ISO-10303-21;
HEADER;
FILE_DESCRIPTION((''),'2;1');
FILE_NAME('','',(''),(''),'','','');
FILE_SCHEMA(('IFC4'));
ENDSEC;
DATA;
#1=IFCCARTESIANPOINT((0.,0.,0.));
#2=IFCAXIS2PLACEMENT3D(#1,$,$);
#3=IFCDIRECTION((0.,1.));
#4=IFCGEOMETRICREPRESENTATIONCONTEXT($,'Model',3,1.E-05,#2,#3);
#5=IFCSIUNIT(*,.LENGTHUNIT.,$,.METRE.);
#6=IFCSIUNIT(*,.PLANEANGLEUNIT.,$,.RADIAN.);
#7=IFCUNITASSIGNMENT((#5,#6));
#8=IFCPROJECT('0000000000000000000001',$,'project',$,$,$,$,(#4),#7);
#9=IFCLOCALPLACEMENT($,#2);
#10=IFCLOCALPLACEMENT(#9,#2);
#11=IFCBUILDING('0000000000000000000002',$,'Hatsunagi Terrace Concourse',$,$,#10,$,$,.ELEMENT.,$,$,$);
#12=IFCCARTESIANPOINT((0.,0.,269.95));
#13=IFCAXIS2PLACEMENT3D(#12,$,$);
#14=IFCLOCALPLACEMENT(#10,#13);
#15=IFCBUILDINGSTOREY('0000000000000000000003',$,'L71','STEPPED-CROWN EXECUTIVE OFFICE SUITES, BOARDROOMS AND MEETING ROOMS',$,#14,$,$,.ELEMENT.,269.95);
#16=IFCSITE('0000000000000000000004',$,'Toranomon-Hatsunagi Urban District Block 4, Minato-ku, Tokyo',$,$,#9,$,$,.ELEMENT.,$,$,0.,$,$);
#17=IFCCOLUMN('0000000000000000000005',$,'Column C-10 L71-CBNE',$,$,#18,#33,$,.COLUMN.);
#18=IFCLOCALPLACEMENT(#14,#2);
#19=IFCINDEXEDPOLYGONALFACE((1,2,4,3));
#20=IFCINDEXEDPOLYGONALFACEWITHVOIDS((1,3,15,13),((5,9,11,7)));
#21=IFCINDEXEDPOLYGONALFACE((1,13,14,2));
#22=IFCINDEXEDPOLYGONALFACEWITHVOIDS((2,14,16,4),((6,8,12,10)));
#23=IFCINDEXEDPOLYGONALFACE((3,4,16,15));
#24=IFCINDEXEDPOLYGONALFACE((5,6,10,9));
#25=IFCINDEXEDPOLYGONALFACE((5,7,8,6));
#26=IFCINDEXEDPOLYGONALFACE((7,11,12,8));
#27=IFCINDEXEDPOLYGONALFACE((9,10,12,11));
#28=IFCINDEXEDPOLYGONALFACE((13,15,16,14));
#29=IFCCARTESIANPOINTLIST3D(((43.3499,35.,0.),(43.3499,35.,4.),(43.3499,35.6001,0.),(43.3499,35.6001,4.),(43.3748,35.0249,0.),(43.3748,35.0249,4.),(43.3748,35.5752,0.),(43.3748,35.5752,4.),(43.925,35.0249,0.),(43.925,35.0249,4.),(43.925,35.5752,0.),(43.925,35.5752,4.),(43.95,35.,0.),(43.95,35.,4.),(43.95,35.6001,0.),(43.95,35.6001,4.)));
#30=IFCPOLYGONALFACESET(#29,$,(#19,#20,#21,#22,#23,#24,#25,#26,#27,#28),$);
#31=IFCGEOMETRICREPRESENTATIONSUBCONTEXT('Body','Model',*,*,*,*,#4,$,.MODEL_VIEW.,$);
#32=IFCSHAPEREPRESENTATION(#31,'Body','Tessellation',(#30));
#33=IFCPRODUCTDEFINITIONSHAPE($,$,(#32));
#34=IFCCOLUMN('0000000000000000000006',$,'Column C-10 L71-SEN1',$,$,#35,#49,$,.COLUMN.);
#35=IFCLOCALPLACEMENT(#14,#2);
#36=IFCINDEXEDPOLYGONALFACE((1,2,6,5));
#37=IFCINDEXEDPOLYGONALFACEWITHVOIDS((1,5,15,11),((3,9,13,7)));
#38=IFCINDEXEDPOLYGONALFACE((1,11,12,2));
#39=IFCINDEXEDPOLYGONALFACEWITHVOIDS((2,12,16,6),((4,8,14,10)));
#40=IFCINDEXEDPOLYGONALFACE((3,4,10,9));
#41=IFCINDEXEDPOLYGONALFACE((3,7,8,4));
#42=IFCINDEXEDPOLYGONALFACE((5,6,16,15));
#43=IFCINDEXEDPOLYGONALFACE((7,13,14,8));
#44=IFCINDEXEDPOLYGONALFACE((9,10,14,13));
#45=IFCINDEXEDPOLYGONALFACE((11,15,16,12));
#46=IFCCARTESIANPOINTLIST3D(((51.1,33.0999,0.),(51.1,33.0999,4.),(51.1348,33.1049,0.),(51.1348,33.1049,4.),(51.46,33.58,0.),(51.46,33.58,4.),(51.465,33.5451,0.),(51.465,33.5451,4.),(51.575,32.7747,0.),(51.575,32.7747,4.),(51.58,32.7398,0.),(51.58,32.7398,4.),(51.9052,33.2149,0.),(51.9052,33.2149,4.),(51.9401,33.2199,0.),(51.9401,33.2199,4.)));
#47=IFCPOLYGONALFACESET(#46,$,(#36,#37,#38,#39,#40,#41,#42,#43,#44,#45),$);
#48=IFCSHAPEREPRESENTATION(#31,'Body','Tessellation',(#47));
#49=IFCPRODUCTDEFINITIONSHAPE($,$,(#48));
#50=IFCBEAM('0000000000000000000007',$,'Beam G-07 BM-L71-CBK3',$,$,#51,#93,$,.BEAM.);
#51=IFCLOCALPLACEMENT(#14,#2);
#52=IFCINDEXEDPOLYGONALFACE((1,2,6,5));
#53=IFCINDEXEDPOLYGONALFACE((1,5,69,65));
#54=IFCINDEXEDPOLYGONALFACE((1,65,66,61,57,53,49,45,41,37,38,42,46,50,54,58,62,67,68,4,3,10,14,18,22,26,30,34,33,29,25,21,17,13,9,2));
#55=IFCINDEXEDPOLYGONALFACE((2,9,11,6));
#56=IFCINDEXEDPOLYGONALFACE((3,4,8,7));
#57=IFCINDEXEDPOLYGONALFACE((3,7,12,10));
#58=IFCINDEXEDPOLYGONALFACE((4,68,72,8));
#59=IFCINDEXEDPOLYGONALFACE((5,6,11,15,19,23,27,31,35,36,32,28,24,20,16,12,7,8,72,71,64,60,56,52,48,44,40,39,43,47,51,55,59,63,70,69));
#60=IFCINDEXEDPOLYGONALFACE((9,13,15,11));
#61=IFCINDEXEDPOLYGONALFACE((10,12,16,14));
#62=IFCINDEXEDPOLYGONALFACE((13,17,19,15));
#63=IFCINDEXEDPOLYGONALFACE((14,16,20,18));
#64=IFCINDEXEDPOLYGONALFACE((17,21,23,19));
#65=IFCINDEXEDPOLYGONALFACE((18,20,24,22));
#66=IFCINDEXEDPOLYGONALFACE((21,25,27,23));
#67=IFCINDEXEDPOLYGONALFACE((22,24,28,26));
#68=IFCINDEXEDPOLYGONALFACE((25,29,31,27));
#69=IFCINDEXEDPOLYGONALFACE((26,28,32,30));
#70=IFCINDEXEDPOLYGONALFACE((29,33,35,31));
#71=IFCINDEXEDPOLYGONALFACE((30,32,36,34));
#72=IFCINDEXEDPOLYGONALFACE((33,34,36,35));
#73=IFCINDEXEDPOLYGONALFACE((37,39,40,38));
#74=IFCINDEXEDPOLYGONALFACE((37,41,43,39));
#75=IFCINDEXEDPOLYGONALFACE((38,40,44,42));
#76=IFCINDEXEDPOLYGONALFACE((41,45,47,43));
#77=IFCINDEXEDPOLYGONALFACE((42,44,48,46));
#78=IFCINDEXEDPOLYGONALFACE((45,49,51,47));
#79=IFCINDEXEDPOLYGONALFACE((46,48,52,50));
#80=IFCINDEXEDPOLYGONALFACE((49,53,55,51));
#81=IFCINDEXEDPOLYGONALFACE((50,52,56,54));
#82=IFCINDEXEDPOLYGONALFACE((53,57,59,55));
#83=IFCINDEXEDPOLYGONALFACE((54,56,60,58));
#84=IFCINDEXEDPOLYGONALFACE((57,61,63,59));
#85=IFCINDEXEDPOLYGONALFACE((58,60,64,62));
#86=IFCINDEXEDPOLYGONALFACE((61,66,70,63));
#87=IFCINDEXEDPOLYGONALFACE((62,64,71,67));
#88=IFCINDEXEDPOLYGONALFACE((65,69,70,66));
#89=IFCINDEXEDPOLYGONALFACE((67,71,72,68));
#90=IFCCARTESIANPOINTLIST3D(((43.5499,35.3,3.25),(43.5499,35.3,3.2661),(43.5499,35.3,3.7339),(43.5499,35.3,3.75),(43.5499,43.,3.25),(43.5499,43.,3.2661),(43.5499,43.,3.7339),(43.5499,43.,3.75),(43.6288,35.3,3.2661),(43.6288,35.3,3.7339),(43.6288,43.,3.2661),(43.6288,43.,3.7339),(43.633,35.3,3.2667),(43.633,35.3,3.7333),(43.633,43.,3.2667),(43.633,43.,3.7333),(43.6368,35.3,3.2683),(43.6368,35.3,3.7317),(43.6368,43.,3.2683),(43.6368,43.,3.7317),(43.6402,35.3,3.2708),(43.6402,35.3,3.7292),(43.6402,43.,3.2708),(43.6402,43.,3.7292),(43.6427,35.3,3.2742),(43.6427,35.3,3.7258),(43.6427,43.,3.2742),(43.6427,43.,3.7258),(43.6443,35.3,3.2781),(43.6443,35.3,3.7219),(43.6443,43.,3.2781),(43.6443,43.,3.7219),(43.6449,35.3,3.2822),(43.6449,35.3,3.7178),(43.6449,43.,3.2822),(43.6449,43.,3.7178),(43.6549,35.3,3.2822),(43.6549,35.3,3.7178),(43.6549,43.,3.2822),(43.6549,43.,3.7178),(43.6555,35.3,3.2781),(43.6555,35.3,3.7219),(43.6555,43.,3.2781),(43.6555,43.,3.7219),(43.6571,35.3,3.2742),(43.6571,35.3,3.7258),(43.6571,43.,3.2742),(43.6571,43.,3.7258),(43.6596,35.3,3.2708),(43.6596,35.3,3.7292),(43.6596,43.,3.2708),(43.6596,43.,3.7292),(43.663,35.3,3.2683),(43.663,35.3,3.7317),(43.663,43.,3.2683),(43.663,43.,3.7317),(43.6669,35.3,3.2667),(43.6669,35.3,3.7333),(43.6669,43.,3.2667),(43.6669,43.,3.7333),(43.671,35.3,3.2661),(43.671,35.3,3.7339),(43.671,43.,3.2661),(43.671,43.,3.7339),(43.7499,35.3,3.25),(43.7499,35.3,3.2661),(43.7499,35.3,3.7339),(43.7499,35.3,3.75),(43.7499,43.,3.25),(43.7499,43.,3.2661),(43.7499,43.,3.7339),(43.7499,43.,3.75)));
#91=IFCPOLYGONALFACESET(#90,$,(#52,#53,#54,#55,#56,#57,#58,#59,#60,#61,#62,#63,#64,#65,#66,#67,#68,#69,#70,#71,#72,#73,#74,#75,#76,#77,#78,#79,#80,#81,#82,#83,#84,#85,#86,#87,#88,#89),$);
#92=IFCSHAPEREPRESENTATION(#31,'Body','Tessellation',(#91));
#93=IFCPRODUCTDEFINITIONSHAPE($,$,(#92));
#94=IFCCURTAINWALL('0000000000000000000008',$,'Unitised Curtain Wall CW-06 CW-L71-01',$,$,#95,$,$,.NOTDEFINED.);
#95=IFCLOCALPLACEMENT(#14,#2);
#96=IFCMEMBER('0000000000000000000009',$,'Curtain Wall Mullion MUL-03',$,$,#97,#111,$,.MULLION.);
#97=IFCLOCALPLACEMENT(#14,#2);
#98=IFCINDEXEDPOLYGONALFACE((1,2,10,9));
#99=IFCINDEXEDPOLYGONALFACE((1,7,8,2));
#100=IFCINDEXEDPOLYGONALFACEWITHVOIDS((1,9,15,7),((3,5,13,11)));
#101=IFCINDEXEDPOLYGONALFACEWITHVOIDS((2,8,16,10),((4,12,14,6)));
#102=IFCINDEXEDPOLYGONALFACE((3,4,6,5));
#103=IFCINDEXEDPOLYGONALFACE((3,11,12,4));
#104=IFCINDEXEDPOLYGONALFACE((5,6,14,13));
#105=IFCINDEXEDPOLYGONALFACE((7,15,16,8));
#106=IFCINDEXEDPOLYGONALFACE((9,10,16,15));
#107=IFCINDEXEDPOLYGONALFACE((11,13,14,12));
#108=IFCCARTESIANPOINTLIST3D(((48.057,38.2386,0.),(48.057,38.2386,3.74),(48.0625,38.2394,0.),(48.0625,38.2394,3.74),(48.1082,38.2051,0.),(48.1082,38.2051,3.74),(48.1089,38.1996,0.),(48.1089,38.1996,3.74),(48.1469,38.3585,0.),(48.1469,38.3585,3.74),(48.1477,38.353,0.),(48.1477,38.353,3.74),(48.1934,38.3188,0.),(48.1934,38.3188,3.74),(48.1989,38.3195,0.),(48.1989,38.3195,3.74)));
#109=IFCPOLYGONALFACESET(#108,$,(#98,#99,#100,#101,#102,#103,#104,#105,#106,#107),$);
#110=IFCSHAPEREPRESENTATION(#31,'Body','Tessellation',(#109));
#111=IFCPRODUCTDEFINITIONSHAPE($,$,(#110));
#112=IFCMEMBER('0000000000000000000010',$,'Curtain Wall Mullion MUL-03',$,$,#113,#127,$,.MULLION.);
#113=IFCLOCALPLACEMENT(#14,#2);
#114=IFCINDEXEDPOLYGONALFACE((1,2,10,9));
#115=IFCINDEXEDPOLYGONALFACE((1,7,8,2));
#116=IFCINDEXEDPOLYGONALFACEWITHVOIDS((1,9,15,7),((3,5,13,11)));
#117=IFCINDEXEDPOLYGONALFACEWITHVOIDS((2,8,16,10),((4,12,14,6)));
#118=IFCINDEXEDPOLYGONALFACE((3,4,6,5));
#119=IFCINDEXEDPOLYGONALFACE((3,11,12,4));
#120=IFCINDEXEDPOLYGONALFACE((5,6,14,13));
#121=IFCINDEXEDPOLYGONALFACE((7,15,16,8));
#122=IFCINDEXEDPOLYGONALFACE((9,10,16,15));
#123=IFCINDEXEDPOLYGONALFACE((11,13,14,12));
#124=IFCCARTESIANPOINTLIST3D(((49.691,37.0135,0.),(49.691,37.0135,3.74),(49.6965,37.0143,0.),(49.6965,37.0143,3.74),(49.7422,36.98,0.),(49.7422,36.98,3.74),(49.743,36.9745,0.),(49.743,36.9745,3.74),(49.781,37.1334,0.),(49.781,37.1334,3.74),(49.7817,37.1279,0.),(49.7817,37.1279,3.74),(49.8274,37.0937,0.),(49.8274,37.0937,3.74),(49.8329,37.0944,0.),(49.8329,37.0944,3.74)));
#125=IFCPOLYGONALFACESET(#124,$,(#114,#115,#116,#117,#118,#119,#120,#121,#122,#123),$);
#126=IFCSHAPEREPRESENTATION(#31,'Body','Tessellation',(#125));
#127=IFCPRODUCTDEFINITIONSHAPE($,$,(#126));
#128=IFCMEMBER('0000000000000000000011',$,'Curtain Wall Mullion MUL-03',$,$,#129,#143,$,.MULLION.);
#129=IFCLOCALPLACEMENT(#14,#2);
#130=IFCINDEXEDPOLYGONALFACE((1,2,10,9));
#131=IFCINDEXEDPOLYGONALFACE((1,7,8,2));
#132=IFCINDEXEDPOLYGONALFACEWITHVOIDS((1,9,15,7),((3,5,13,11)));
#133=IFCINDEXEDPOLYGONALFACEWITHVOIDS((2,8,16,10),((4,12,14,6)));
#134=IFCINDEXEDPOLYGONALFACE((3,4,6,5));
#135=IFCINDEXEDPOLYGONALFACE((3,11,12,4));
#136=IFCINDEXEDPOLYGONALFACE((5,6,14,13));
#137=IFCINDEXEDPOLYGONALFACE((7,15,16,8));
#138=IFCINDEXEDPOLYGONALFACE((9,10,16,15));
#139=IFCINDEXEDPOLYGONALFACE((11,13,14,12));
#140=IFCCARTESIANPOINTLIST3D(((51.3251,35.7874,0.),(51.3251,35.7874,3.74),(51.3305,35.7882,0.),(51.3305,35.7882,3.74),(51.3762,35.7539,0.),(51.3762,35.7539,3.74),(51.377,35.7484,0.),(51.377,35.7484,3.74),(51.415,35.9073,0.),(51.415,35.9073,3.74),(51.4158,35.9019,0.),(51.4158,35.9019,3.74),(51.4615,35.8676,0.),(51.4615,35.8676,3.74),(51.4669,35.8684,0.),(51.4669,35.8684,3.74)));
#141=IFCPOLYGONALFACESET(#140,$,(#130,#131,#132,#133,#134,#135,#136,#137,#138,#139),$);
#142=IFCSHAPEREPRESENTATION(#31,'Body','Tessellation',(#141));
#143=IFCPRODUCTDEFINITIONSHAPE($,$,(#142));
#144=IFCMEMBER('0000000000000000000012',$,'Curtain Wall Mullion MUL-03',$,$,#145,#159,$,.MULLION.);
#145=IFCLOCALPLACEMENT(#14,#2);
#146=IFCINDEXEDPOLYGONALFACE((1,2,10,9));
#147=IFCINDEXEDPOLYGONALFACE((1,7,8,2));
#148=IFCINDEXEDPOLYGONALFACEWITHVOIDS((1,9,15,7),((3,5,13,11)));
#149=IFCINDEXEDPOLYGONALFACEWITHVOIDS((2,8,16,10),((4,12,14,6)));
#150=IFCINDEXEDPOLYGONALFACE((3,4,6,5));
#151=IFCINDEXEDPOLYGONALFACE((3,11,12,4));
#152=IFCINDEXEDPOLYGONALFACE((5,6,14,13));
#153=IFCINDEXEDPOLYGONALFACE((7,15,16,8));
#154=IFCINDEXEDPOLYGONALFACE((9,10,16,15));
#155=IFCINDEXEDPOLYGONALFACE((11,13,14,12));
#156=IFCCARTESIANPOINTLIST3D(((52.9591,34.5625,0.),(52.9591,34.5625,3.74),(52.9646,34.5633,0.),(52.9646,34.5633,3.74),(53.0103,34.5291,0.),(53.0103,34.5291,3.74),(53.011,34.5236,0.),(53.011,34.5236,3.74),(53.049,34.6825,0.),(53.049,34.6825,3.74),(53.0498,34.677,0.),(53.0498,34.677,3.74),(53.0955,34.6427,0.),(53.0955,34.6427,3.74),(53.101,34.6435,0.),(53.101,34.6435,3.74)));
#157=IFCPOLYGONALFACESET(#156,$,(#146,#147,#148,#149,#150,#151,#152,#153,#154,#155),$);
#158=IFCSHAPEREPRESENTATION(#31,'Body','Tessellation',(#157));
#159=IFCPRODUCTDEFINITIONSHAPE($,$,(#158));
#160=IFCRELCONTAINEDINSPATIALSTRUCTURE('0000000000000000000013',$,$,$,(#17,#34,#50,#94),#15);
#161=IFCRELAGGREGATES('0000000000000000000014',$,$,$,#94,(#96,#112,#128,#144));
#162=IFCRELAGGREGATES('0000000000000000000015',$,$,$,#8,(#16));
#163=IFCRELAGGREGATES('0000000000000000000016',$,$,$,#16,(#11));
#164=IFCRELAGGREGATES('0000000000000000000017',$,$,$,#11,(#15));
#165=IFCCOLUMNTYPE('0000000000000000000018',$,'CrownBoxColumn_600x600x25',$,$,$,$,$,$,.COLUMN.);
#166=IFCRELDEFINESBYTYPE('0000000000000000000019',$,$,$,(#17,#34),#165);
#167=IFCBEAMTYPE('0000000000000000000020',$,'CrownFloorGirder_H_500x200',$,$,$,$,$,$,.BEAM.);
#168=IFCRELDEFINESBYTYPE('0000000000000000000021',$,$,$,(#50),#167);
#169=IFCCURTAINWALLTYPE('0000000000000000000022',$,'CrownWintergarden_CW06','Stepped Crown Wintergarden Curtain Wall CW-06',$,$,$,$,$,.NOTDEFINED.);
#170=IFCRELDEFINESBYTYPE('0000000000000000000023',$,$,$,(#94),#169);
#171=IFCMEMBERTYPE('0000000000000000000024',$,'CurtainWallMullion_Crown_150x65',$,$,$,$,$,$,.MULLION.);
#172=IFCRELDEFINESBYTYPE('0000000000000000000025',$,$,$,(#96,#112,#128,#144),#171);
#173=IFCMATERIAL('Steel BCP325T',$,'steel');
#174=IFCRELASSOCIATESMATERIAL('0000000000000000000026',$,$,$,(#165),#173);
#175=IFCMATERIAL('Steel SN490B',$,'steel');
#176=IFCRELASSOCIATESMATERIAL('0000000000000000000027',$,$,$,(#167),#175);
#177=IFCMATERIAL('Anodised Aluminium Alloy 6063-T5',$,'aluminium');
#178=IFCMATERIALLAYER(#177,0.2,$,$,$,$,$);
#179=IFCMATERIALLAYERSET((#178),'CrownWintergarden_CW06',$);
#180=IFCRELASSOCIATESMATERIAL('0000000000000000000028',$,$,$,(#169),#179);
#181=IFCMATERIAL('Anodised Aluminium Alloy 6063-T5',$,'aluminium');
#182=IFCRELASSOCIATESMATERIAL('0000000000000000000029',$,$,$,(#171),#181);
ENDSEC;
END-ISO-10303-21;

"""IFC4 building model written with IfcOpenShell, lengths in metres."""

from ifc_helpers import new_model, si_unit, direction, frame, origin, origin_2d, place, context, subcontext, project, spatial, hollow_rectangle, i_section, extrude, material, layer, layer_set, material_profile, profile_set, type_object, element, aggregate, save


model = new_model("IFC4")

# Units and contexts
model_context = context("Model", 3, precision=1e-05, world=origin(), true_north=direction((0.0, 1.0)))
body_context = subcontext(model_context, "Body", "Model", "MODEL_VIEW")
ifc_project = project(units=[si_unit("LENGTHUNIT", "METRE"), si_unit("PLANEANGLEUNIT", "RADIAN")], contexts=[model_context])

# Site, building, storey
site_placement = place(None, origin())
site = spatial("IfcSite", under=ifc_project, at=site_placement, Name="Toranomon-Hatsunagi Urban District Block 4, Minato-ku, Tokyo", CompositionType="ELEMENT", RefElevation=0.0)
building_placement = place(site_placement, origin())
building = spatial("IfcBuilding", under=site, at=building_placement, Name="Hatsunagi Terrace Concourse", CompositionType="ELEMENT")
storey_placement = place(building_placement, frame((0.0, 0.0, 269.95)))
storey = spatial("IfcBuildingStorey", under=building, at=storey_placement, Name="L71", Description="STEPPED-CROWN EXECUTIVE OFFICE SUITES, BOARDROOMS AND MEETING ROOMS", CompositionType="ELEMENT", Elevation=269.95)

# Columns
ifc_material_1 = material(Name="Steel BCP325T", Category="steel")
ifc_material_profile_1 = material_profile(ifc_material_1, hollow_rectangle(XDim=0.6001, YDim=0.6001, WallThickness=0.0249, at=origin_2d()), Name="BCP-600x600x25")
ifc_profile_set_1 = profile_set([ifc_material_profile_1], Name="Steel BCP325T")
column_type = type_object("IfcColumnType", Name="CrownBoxColumn_600x600x25", PredefinedType="COLUMN", material=ifc_profile_set_1)
for number, where, z_axis, x_axis, name in (
    (1, (43.6499, 35.3, 0.0), (0.0, 0.0, 1.0), (1.0, 0.0, 0.0), "Column C-10 L71-CBNE"),
    (2, (51.52, 33.1599, 0.0), (0.0, 0.0, 1.0), (0.8, -0.6, 0.0), "Column C-10 L71-SEN1"),
):
    element("IfcColumn", number, at=place(storey_placement, frame(where, z_axis=z_axis, x_axis=x_axis)), inside=storey, type_object=column_type, Name=name, PredefinedType="COLUMN", context=body_context, shape_type="SweptSolid", body=[
        extrude(hollow_rectangle(XDim=0.6001, YDim=0.6001, WallThickness=0.0249, at=origin_2d()), origin(), (0.0, 0.0, 1.0), 4.0),
    ])

# Beam
ifc_material_2 = material(Name="Steel SN490B", Category="steel")
ifc_material_profile_2 = material_profile(ifc_material_2, i_section(OverallWidth=0.2, OverallDepth=0.5, WebThickness=0.01, FlangeThickness=0.0161, FilletRadius=0.0161, at=origin_2d()), Name="H-500x200x10x16")
ifc_profile_set_2 = profile_set([ifc_material_profile_2], Name="Steel SN490B")
beam_type_1 = type_object("IfcBeamType", Name="CrownFloorGirder_H_500x200", PredefinedType="BEAM", material=ifc_profile_set_2)
beam_1_placement = place(storey_placement, frame((43.6499, 35.3, 3.5), z_axis=(0.0, 1.0, 0.0), x_axis=(-1.0, 0.0, 0.0)))
element("IfcBeam", 3, at=beam_1_placement, inside=storey, type_object=beam_type_1, Name="Beam G-07 BM-L71-CBK3", PredefinedType="BEAM", context=body_context, shape_type="SweptSolid", body=[
    extrude(i_section(OverallWidth=0.2, OverallDepth=0.5, WebThickness=0.01, FlangeThickness=0.0161, FilletRadius=0.0161, at=origin_2d()), origin(), (0.0, 0.0, 1.0), 7.7),
])

# Curtain wall, members
ifc_material_3 = material(Name="Anodised Aluminium Alloy 6063-T5", Category="aluminium")
ifc_layer_1 = layer(ifc_material_3, 0.2)
ifc_layer_set_1 = layer_set([ifc_layer_1], Name="CrownWintergarden_CW06")
curtain_wall_type = type_object("IfcCurtainWallType", Name="CrownWintergarden_CW06", Description="Stepped Crown Wintergarden Curtain Wall CW-06", PredefinedType="NOTDEFINED", material=ifc_layer_set_1)
curtain_wall_placement = place(storey_placement, origin())
curtain_wall = element("IfcCurtainWall", 4, at=curtain_wall_placement, inside=storey, type_object=curtain_wall_type, Name="Unitised Curtain Wall CW-06 CW-L71-01", PredefinedType="NOTDEFINED")
ifc_material_4 = material(Name="Anodised Aluminium Alloy 6063-T5", Category="aluminium")
ifc_material_profile_3 = material_profile(ifc_material_4, hollow_rectangle(XDim=0.0649, YDim=0.1499, WallThickness=0.0039, at=origin_2d()), Name="ALU-MUL-150x65x4")
ifc_profile_set_3 = profile_set([ifc_material_profile_3], Name="Anodised Aluminium Alloy 6063-T5")
member_type = type_object("IfcMemberType", Name="CurtainWallMullion_Crown_150x65", PredefinedType="MULLION", material=ifc_profile_set_3)
member_1_placement = place(storey_placement, frame((48.1279, 38.2791, 0.0), z_axis=(0.0, 0.0, 1.0), x_axis=(0.800023, -0.599969, 0.0)))
member_1 = element("IfcMember", 5, at=member_1_placement, type_object=member_type, Name="Curtain Wall Mullion MUL-03", PredefinedType="MULLION", context=body_context, shape_type="SweptSolid", body=[
    extrude(hollow_rectangle(XDim=0.0649, YDim=0.1499, WallThickness=0.0039, at=origin_2d()), origin(), (0.0, 0.0, 1.0), 3.74),
])
member_2_placement = place(storey_placement, frame((49.762, 37.054, 0.0), z_axis=(0.0, 0.0, 1.0), x_axis=(0.800023, -0.599969, 0.0)))
member_2 = element("IfcMember", 6, at=member_2_placement, type_object=member_type, Name="Curtain Wall Mullion MUL-03", PredefinedType="MULLION", context=body_context, shape_type="SweptSolid", body=[
    extrude(hollow_rectangle(XDim=0.0649, YDim=0.1499, WallThickness=0.0039, at=origin_2d()), origin(), (0.0, 0.0, 1.0), 3.74),
])
member_3_placement = place(storey_placement, frame((51.396, 35.8279, 0.0), z_axis=(0.0, 0.0, 1.0), x_axis=(0.800023, -0.599969, 0.0)))
member_3 = element("IfcMember", 7, at=member_3_placement, type_object=member_type, Name="Curtain Wall Mullion MUL-03", PredefinedType="MULLION", context=body_context, shape_type="SweptSolid", body=[
    extrude(hollow_rectangle(XDim=0.0649, YDim=0.1499, WallThickness=0.0039, at=origin_2d()), origin(), (0.0, 0.0, 1.0), 3.74),
])
member_4_placement = place(storey_placement, frame((53.03, 34.603, 0.0), z_axis=(0.0, 0.0, 1.0), x_axis=(0.800023, -0.599969, 0.0)))
member_4 = element("IfcMember", 8, at=member_4_placement, type_object=member_type, Name="Curtain Wall Mullion MUL-03", PredefinedType="MULLION", context=body_context, shape_type="SweptSolid", body=[
    extrude(hollow_rectangle(XDim=0.0649, YDim=0.1499, WallThickness=0.0039, at=origin_2d()), origin(), (0.0, 0.0, 1.0), 3.74),
])

aggregate(curtain_wall, [member_1, member_2, member_3, member_4])

save(model, "model.ifc")
